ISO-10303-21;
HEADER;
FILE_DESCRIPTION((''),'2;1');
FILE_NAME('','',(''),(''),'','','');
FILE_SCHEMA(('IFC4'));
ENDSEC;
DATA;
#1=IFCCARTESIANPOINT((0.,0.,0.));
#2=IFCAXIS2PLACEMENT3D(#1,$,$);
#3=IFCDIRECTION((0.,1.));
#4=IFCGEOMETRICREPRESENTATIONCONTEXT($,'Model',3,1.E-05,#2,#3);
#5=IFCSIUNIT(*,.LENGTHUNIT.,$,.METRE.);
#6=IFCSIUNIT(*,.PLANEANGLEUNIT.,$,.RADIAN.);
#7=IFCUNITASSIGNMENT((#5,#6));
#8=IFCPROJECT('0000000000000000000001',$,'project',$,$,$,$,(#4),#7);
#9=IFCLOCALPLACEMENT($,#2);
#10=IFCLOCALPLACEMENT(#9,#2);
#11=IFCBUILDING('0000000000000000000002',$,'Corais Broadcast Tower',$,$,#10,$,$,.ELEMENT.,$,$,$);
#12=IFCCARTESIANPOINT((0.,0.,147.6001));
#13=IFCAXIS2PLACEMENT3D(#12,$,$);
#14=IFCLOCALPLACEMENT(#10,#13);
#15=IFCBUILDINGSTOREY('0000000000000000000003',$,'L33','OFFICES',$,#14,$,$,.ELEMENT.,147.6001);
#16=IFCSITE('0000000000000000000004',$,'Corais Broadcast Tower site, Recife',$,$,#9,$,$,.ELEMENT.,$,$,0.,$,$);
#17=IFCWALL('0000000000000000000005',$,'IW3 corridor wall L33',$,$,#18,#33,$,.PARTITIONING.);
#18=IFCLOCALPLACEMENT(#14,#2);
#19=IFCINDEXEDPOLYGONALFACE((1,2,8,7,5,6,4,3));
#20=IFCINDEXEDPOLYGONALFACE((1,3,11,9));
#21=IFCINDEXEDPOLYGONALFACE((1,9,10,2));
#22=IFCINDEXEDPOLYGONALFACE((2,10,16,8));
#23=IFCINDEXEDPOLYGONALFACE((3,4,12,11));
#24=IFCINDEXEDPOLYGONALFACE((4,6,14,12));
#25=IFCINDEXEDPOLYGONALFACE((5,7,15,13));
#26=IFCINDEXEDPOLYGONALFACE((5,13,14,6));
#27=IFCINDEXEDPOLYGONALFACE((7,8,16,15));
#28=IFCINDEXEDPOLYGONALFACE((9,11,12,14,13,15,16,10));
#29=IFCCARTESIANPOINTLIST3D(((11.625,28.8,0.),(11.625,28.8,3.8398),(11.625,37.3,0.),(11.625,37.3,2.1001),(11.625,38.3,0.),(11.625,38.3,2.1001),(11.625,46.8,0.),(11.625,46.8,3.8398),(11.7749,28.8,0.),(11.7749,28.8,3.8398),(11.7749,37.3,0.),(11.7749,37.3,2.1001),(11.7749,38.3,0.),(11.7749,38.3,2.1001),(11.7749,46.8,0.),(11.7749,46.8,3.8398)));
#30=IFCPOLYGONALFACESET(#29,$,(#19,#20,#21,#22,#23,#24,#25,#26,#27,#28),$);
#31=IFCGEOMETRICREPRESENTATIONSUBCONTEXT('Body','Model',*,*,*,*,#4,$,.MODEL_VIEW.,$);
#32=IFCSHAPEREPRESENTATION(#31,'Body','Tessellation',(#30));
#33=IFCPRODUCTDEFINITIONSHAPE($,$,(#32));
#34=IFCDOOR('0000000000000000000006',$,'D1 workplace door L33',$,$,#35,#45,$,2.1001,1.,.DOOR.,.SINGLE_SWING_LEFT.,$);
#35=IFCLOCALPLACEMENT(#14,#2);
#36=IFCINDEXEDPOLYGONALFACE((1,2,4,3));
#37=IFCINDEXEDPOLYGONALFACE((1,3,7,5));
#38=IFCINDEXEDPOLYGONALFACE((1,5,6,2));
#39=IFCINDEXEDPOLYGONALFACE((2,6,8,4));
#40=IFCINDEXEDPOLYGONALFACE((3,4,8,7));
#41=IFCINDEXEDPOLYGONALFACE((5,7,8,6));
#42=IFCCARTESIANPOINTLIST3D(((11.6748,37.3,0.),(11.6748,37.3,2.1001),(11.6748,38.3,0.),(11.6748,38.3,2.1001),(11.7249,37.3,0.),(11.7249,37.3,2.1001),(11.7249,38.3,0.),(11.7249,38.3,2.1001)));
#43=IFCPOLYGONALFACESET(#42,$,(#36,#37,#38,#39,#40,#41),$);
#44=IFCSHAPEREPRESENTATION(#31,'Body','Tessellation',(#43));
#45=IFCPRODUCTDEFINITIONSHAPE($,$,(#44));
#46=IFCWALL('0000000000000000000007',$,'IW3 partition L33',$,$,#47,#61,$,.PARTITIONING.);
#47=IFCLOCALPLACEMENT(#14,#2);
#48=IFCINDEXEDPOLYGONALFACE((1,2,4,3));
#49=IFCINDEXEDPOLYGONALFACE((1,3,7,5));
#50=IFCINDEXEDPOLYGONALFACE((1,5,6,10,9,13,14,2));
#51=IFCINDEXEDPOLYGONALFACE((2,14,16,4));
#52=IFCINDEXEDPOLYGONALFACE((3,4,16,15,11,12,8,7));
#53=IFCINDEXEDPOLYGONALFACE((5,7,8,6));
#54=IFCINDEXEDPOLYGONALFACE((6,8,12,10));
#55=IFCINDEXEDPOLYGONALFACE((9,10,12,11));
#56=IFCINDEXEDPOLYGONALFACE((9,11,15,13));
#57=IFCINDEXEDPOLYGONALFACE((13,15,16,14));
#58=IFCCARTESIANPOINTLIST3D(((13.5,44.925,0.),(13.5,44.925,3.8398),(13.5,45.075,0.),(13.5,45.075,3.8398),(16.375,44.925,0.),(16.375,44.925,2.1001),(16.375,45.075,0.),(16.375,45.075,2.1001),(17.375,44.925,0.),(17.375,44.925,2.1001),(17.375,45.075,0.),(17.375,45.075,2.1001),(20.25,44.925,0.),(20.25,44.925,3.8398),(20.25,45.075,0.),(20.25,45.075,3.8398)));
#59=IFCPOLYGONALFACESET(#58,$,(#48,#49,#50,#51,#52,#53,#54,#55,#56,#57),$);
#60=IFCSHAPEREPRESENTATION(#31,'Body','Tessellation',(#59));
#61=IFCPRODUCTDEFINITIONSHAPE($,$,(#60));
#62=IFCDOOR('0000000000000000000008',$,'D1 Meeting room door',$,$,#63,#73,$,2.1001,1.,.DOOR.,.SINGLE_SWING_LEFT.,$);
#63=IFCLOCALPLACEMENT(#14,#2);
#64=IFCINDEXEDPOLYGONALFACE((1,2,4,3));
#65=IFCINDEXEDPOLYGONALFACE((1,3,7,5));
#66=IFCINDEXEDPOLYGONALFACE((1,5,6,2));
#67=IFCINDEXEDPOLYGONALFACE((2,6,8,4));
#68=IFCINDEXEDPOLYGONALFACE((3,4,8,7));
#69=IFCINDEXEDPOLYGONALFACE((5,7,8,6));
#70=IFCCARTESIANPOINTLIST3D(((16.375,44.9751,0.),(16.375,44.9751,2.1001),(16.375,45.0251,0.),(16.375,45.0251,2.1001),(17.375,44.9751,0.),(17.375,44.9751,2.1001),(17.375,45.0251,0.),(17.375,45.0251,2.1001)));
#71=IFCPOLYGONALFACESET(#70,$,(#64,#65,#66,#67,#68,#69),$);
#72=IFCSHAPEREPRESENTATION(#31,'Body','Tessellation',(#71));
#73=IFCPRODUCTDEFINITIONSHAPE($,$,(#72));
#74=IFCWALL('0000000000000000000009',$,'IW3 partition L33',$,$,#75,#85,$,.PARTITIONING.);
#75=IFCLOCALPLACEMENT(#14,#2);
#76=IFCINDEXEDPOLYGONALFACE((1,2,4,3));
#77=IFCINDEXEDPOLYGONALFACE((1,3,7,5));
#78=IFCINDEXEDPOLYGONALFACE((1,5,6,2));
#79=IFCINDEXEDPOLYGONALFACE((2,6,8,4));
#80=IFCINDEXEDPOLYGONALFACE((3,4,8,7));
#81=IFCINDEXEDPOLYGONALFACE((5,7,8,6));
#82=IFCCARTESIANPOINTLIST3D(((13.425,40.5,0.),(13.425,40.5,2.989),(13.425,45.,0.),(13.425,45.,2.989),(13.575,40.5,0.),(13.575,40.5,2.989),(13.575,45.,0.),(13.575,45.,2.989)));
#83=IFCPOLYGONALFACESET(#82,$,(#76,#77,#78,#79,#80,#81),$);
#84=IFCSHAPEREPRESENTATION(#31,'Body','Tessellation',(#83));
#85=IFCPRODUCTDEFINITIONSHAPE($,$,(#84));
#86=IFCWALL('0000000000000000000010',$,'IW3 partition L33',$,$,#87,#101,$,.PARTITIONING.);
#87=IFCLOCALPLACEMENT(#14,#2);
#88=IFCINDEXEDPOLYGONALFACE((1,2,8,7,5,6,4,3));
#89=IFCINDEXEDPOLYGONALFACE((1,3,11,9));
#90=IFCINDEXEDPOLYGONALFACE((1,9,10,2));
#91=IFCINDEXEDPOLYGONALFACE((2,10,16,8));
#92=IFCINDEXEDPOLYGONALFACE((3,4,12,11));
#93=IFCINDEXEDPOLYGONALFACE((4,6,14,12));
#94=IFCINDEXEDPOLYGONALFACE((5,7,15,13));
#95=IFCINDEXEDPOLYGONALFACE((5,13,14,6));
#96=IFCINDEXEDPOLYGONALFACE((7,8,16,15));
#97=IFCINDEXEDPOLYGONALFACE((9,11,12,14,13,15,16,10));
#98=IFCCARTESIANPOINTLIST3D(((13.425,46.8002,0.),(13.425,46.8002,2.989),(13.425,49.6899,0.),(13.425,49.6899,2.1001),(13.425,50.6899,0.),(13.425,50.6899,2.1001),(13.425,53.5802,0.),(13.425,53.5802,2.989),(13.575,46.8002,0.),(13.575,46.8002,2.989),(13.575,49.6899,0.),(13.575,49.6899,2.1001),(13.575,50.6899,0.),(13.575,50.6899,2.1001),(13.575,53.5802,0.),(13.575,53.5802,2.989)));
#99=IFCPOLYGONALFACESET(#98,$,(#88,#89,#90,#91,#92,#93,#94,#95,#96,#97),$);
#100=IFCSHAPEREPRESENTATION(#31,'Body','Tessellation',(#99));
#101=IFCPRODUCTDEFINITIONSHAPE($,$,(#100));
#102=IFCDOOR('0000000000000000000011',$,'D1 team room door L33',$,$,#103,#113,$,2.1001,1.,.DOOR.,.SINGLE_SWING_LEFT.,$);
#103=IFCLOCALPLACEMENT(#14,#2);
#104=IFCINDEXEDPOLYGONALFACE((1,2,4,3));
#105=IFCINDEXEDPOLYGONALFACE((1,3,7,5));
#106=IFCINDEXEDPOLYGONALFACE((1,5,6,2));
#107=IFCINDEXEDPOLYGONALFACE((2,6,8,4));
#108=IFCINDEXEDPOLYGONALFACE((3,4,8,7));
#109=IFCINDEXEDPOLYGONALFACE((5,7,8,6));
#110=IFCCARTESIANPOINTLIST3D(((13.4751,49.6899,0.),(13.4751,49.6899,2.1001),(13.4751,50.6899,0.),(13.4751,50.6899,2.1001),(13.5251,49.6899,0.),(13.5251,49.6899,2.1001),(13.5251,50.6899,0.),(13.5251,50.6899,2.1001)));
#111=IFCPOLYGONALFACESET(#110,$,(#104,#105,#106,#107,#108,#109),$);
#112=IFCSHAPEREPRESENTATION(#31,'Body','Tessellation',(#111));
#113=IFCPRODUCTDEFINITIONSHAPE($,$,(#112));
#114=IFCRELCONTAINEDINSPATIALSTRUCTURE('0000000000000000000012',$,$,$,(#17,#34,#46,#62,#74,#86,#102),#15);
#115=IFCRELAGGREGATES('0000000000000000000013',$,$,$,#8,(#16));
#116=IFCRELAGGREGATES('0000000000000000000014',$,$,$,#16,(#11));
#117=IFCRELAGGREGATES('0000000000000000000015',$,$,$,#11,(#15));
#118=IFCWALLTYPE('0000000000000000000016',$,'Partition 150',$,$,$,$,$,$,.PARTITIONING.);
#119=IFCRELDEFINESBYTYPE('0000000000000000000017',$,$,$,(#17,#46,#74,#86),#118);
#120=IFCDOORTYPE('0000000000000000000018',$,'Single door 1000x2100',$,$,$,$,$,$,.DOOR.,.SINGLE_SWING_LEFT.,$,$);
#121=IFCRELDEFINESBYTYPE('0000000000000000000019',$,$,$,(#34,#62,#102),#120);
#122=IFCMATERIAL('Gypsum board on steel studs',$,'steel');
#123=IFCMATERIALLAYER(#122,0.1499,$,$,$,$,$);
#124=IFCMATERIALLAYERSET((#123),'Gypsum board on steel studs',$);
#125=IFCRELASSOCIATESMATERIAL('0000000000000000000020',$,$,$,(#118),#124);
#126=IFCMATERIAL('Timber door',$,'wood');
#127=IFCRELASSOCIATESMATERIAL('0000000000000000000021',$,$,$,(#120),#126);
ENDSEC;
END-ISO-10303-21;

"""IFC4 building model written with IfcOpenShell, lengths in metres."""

from ifc_helpers import new_model, si_unit, direction, frame, frame_2d, origin, place, context, subcontext, project, spatial, rectangle, extrude, material, layer, layer_set, type_object, element, fill, save


model = new_model("IFC4")

# Units and contexts
model_context = context("Model", 3, precision=1e-05, world=origin(), true_north=direction((0.0, 1.0)))
body_context = subcontext(model_context, "Body", "Model", "MODEL_VIEW")
ifc_project = project(units=[si_unit("LENGTHUNIT", "METRE"), si_unit("PLANEANGLEUNIT", "RADIAN")], contexts=[model_context])

# Site, building, storey
site_placement = place(None, origin())
site = spatial("IfcSite", under=ifc_project, at=site_placement, Name="Corais Broadcast Tower site, Recife", CompositionType="ELEMENT", RefElevation=0.0)
building_placement = place(site_placement, origin())
building = spatial("IfcBuilding", under=site, at=building_placement, Name="Corais Broadcast Tower", CompositionType="ELEMENT")
storey_placement = place(building_placement, frame((0.0, 0.0, 147.6001)))
storey = spatial("IfcBuildingStorey", under=building, at=storey_placement, Name="L33", Description="OFFICES", CompositionType="ELEMENT", Elevation=147.6001)

# Walls, openings, doors
ifc_material_1 = material(Name="Gypsum board on steel studs", Category="steel")
ifc_layer_1 = layer(ifc_material_1, 0.1499)
ifc_layer_set_1 = layer_set([ifc_layer_1], Name="Gypsum board on steel studs")
wall_type = type_object("IfcWallType", Name="Partition 150", PredefinedType="PARTITIONING", material=ifc_layer_set_1)
wall_1_placement = place(storey_placement, frame((11.7, 46.8, 0.0), z_axis=(0.0, 0.0, 1.0), x_axis=(0.0, -1.0, 0.0)))
wall_1 = element("IfcWall", 1, at=wall_1_placement, inside=storey, type_object=wall_type, Name="IW3 corridor wall L33", PredefinedType="PARTITIONING", context=body_context, shape_type="SweptSolid", body=[
    extrude(rectangle(XDim=18.0, YDim=0.1499, at=frame_2d((9.0, 0.0))), origin(), (0.0, 0.0, 1.0), 3.8398),
])
opening_1_placement = place(wall_1_placement, frame((8.5, 0.0, 0.0)))
opening_1 = element("IfcOpeningElement", 2, at=opening_1_placement, cuts=wall_1, PredefinedType="OPENING", context=body_context, shape_type="SweptSolid", body=[
    extrude(rectangle(XDim=1.0, YDim=2.1001, at=frame_2d((0.5, 1.05))), frame((0.0, 0.085, 0.0), z_axis=(0.0, -1.0, 0.0), x_axis=(1.0, 0.0, 0.0)), (0.0, 0.0, 1.0), 0.1699),
])
ifc_material_2 = material(Name="Timber door", Category="wood")
door_type = type_object("IfcDoorType", Name="Single door 1000x2100", OperationType="SINGLE_SWING_LEFT", PredefinedType="DOOR", material=ifc_material_2)
door_1_placement = place(opening_1_placement, origin())
door_1 = element("IfcDoor", 3, at=door_1_placement, inside=storey, type_object=door_type, Name="D1 workplace door L33", OperationType="SINGLE_SWING_LEFT", OverallHeight=2.1001, OverallWidth=1.0, PredefinedType="DOOR", context=body_context, shape_type="SweptSolid", body=[
    extrude(rectangle(XDim=1.0, YDim=2.1001, at=frame_2d((0.5, 1.05))), frame((0.0, 0.0249, 0.0), z_axis=(0.0, -1.0, 0.0), x_axis=(1.0, 0.0, 0.0)), (0.0, 0.0, 1.0), 0.05),
])
fill(opening_1, door_1)
wall_2_placement = place(storey_placement, frame((20.25, 45.0, 0.0), z_axis=(0.0, 0.0, 1.0), x_axis=(-1.0, 0.0, 0.0)))
wall_2 = element("IfcWall", 4, at=wall_2_placement, inside=storey, type_object=wall_type, Name="IW3 partition L33", PredefinedType="PARTITIONING", context=body_context, shape_type="SweptSolid", body=[
    extrude(rectangle(XDim=6.75, YDim=0.1499, at=frame_2d((3.375, 0.0))), origin(), (0.0, 0.0, 1.0), 3.8398),
])
opening_2_placement = place(wall_2_placement, frame((2.875, 0.0, 0.0)))
opening_2 = element("IfcOpeningElement", 5, at=opening_2_placement, cuts=wall_2, PredefinedType="OPENING", context=body_context, shape_type="SweptSolid", body=[
    extrude(rectangle(XDim=1.0, YDim=2.1001, at=frame_2d((0.5, 1.05))), frame((0.0, 0.085, 0.0), z_axis=(0.0, -1.0, 0.0), x_axis=(1.0, 0.0, 0.0)), (0.0, 0.0, 1.0), 0.1699),
])
door_2_placement = place(opening_2_placement, origin())
door_2 = element("IfcDoor", 6, at=door_2_placement, inside=storey, type_object=door_type, Name="D1 Meeting room door", OperationType="SINGLE_SWING_LEFT", OverallHeight=2.1001, OverallWidth=1.0, PredefinedType="DOOR", context=body_context, shape_type="SweptSolid", body=[
    extrude(rectangle(XDim=1.0, YDim=2.1001, at=frame_2d((0.5, 1.05))), frame((0.0, 0.0249, 0.0), z_axis=(0.0, -1.0, 0.0), x_axis=(1.0, 0.0, 0.0)), (0.0, 0.0, 1.0), 0.05),
])
fill(opening_2, door_2)

# Wall
wall_3_placement = place(storey_placement, frame((13.5, 45.0, 0.0), z_axis=(0.0, 0.0, 1.0), x_axis=(0.0, -1.0, 0.0)))
element("IfcWall", 7, at=wall_3_placement, inside=storey, type_object=wall_type, Name="IW3 partition L33", PredefinedType="PARTITIONING", context=body_context, shape_type="SweptSolid", body=[
    extrude(rectangle(XDim=4.5, YDim=0.1499, at=frame_2d((2.25, 0.0))), origin(), (0.0, 0.0, 1.0), 2.989),
])

# Wall, opening, door
wall_4_placement = place(storey_placement, frame((13.5, 46.8, 0.0), z_axis=(0.0, 0.0, 1.0), x_axis=(0.0, 1.0, 0.0)))
wall_4 = element("IfcWall", 8, at=wall_4_placement, inside=storey, type_object=wall_type, Name="IW3 partition L33", PredefinedType="PARTITIONING", context=body_context, shape_type="SweptSolid", body=[
    extrude(rectangle(XDim=6.78, YDim=0.1499, at=frame_2d((3.3901, 0.0))), origin(), (0.0, 0.0, 1.0), 2.989),
])
opening_3_placement = place(wall_4_placement, frame((2.8899, 0.0, 0.0)))
opening_3 = element("IfcOpeningElement", 9, at=opening_3_placement, cuts=wall_4, PredefinedType="OPENING", context=body_context, shape_type="SweptSolid", body=[
    extrude(rectangle(XDim=1.0, YDim=2.1001, at=frame_2d((0.5, 1.05))), frame((0.0, 0.085, 0.0), z_axis=(0.0, -1.0, 0.0), x_axis=(1.0, 0.0, 0.0)), (0.0, 0.0, 1.0), 0.1699),
])
door_3_placement = place(opening_3_placement, origin())
door_3 = element("IfcDoor", 10, at=door_3_placement, inside=storey, type_object=door_type, Name="D1 team room door L33", OperationType="SINGLE_SWING_LEFT", OverallHeight=2.1001, OverallWidth=1.0, PredefinedType="DOOR", context=body_context, shape_type="SweptSolid", body=[
    extrude(rectangle(XDim=1.0, YDim=2.1001, at=frame_2d((0.5, 1.05))), frame((0.0, 0.0249, 0.0), z_axis=(0.0, -1.0, 0.0), x_axis=(1.0, 0.0, 0.0)), (0.0, 0.0, 1.0), 0.05),
])
fill(opening_3, door_3)

save(model, "model.ifc")
